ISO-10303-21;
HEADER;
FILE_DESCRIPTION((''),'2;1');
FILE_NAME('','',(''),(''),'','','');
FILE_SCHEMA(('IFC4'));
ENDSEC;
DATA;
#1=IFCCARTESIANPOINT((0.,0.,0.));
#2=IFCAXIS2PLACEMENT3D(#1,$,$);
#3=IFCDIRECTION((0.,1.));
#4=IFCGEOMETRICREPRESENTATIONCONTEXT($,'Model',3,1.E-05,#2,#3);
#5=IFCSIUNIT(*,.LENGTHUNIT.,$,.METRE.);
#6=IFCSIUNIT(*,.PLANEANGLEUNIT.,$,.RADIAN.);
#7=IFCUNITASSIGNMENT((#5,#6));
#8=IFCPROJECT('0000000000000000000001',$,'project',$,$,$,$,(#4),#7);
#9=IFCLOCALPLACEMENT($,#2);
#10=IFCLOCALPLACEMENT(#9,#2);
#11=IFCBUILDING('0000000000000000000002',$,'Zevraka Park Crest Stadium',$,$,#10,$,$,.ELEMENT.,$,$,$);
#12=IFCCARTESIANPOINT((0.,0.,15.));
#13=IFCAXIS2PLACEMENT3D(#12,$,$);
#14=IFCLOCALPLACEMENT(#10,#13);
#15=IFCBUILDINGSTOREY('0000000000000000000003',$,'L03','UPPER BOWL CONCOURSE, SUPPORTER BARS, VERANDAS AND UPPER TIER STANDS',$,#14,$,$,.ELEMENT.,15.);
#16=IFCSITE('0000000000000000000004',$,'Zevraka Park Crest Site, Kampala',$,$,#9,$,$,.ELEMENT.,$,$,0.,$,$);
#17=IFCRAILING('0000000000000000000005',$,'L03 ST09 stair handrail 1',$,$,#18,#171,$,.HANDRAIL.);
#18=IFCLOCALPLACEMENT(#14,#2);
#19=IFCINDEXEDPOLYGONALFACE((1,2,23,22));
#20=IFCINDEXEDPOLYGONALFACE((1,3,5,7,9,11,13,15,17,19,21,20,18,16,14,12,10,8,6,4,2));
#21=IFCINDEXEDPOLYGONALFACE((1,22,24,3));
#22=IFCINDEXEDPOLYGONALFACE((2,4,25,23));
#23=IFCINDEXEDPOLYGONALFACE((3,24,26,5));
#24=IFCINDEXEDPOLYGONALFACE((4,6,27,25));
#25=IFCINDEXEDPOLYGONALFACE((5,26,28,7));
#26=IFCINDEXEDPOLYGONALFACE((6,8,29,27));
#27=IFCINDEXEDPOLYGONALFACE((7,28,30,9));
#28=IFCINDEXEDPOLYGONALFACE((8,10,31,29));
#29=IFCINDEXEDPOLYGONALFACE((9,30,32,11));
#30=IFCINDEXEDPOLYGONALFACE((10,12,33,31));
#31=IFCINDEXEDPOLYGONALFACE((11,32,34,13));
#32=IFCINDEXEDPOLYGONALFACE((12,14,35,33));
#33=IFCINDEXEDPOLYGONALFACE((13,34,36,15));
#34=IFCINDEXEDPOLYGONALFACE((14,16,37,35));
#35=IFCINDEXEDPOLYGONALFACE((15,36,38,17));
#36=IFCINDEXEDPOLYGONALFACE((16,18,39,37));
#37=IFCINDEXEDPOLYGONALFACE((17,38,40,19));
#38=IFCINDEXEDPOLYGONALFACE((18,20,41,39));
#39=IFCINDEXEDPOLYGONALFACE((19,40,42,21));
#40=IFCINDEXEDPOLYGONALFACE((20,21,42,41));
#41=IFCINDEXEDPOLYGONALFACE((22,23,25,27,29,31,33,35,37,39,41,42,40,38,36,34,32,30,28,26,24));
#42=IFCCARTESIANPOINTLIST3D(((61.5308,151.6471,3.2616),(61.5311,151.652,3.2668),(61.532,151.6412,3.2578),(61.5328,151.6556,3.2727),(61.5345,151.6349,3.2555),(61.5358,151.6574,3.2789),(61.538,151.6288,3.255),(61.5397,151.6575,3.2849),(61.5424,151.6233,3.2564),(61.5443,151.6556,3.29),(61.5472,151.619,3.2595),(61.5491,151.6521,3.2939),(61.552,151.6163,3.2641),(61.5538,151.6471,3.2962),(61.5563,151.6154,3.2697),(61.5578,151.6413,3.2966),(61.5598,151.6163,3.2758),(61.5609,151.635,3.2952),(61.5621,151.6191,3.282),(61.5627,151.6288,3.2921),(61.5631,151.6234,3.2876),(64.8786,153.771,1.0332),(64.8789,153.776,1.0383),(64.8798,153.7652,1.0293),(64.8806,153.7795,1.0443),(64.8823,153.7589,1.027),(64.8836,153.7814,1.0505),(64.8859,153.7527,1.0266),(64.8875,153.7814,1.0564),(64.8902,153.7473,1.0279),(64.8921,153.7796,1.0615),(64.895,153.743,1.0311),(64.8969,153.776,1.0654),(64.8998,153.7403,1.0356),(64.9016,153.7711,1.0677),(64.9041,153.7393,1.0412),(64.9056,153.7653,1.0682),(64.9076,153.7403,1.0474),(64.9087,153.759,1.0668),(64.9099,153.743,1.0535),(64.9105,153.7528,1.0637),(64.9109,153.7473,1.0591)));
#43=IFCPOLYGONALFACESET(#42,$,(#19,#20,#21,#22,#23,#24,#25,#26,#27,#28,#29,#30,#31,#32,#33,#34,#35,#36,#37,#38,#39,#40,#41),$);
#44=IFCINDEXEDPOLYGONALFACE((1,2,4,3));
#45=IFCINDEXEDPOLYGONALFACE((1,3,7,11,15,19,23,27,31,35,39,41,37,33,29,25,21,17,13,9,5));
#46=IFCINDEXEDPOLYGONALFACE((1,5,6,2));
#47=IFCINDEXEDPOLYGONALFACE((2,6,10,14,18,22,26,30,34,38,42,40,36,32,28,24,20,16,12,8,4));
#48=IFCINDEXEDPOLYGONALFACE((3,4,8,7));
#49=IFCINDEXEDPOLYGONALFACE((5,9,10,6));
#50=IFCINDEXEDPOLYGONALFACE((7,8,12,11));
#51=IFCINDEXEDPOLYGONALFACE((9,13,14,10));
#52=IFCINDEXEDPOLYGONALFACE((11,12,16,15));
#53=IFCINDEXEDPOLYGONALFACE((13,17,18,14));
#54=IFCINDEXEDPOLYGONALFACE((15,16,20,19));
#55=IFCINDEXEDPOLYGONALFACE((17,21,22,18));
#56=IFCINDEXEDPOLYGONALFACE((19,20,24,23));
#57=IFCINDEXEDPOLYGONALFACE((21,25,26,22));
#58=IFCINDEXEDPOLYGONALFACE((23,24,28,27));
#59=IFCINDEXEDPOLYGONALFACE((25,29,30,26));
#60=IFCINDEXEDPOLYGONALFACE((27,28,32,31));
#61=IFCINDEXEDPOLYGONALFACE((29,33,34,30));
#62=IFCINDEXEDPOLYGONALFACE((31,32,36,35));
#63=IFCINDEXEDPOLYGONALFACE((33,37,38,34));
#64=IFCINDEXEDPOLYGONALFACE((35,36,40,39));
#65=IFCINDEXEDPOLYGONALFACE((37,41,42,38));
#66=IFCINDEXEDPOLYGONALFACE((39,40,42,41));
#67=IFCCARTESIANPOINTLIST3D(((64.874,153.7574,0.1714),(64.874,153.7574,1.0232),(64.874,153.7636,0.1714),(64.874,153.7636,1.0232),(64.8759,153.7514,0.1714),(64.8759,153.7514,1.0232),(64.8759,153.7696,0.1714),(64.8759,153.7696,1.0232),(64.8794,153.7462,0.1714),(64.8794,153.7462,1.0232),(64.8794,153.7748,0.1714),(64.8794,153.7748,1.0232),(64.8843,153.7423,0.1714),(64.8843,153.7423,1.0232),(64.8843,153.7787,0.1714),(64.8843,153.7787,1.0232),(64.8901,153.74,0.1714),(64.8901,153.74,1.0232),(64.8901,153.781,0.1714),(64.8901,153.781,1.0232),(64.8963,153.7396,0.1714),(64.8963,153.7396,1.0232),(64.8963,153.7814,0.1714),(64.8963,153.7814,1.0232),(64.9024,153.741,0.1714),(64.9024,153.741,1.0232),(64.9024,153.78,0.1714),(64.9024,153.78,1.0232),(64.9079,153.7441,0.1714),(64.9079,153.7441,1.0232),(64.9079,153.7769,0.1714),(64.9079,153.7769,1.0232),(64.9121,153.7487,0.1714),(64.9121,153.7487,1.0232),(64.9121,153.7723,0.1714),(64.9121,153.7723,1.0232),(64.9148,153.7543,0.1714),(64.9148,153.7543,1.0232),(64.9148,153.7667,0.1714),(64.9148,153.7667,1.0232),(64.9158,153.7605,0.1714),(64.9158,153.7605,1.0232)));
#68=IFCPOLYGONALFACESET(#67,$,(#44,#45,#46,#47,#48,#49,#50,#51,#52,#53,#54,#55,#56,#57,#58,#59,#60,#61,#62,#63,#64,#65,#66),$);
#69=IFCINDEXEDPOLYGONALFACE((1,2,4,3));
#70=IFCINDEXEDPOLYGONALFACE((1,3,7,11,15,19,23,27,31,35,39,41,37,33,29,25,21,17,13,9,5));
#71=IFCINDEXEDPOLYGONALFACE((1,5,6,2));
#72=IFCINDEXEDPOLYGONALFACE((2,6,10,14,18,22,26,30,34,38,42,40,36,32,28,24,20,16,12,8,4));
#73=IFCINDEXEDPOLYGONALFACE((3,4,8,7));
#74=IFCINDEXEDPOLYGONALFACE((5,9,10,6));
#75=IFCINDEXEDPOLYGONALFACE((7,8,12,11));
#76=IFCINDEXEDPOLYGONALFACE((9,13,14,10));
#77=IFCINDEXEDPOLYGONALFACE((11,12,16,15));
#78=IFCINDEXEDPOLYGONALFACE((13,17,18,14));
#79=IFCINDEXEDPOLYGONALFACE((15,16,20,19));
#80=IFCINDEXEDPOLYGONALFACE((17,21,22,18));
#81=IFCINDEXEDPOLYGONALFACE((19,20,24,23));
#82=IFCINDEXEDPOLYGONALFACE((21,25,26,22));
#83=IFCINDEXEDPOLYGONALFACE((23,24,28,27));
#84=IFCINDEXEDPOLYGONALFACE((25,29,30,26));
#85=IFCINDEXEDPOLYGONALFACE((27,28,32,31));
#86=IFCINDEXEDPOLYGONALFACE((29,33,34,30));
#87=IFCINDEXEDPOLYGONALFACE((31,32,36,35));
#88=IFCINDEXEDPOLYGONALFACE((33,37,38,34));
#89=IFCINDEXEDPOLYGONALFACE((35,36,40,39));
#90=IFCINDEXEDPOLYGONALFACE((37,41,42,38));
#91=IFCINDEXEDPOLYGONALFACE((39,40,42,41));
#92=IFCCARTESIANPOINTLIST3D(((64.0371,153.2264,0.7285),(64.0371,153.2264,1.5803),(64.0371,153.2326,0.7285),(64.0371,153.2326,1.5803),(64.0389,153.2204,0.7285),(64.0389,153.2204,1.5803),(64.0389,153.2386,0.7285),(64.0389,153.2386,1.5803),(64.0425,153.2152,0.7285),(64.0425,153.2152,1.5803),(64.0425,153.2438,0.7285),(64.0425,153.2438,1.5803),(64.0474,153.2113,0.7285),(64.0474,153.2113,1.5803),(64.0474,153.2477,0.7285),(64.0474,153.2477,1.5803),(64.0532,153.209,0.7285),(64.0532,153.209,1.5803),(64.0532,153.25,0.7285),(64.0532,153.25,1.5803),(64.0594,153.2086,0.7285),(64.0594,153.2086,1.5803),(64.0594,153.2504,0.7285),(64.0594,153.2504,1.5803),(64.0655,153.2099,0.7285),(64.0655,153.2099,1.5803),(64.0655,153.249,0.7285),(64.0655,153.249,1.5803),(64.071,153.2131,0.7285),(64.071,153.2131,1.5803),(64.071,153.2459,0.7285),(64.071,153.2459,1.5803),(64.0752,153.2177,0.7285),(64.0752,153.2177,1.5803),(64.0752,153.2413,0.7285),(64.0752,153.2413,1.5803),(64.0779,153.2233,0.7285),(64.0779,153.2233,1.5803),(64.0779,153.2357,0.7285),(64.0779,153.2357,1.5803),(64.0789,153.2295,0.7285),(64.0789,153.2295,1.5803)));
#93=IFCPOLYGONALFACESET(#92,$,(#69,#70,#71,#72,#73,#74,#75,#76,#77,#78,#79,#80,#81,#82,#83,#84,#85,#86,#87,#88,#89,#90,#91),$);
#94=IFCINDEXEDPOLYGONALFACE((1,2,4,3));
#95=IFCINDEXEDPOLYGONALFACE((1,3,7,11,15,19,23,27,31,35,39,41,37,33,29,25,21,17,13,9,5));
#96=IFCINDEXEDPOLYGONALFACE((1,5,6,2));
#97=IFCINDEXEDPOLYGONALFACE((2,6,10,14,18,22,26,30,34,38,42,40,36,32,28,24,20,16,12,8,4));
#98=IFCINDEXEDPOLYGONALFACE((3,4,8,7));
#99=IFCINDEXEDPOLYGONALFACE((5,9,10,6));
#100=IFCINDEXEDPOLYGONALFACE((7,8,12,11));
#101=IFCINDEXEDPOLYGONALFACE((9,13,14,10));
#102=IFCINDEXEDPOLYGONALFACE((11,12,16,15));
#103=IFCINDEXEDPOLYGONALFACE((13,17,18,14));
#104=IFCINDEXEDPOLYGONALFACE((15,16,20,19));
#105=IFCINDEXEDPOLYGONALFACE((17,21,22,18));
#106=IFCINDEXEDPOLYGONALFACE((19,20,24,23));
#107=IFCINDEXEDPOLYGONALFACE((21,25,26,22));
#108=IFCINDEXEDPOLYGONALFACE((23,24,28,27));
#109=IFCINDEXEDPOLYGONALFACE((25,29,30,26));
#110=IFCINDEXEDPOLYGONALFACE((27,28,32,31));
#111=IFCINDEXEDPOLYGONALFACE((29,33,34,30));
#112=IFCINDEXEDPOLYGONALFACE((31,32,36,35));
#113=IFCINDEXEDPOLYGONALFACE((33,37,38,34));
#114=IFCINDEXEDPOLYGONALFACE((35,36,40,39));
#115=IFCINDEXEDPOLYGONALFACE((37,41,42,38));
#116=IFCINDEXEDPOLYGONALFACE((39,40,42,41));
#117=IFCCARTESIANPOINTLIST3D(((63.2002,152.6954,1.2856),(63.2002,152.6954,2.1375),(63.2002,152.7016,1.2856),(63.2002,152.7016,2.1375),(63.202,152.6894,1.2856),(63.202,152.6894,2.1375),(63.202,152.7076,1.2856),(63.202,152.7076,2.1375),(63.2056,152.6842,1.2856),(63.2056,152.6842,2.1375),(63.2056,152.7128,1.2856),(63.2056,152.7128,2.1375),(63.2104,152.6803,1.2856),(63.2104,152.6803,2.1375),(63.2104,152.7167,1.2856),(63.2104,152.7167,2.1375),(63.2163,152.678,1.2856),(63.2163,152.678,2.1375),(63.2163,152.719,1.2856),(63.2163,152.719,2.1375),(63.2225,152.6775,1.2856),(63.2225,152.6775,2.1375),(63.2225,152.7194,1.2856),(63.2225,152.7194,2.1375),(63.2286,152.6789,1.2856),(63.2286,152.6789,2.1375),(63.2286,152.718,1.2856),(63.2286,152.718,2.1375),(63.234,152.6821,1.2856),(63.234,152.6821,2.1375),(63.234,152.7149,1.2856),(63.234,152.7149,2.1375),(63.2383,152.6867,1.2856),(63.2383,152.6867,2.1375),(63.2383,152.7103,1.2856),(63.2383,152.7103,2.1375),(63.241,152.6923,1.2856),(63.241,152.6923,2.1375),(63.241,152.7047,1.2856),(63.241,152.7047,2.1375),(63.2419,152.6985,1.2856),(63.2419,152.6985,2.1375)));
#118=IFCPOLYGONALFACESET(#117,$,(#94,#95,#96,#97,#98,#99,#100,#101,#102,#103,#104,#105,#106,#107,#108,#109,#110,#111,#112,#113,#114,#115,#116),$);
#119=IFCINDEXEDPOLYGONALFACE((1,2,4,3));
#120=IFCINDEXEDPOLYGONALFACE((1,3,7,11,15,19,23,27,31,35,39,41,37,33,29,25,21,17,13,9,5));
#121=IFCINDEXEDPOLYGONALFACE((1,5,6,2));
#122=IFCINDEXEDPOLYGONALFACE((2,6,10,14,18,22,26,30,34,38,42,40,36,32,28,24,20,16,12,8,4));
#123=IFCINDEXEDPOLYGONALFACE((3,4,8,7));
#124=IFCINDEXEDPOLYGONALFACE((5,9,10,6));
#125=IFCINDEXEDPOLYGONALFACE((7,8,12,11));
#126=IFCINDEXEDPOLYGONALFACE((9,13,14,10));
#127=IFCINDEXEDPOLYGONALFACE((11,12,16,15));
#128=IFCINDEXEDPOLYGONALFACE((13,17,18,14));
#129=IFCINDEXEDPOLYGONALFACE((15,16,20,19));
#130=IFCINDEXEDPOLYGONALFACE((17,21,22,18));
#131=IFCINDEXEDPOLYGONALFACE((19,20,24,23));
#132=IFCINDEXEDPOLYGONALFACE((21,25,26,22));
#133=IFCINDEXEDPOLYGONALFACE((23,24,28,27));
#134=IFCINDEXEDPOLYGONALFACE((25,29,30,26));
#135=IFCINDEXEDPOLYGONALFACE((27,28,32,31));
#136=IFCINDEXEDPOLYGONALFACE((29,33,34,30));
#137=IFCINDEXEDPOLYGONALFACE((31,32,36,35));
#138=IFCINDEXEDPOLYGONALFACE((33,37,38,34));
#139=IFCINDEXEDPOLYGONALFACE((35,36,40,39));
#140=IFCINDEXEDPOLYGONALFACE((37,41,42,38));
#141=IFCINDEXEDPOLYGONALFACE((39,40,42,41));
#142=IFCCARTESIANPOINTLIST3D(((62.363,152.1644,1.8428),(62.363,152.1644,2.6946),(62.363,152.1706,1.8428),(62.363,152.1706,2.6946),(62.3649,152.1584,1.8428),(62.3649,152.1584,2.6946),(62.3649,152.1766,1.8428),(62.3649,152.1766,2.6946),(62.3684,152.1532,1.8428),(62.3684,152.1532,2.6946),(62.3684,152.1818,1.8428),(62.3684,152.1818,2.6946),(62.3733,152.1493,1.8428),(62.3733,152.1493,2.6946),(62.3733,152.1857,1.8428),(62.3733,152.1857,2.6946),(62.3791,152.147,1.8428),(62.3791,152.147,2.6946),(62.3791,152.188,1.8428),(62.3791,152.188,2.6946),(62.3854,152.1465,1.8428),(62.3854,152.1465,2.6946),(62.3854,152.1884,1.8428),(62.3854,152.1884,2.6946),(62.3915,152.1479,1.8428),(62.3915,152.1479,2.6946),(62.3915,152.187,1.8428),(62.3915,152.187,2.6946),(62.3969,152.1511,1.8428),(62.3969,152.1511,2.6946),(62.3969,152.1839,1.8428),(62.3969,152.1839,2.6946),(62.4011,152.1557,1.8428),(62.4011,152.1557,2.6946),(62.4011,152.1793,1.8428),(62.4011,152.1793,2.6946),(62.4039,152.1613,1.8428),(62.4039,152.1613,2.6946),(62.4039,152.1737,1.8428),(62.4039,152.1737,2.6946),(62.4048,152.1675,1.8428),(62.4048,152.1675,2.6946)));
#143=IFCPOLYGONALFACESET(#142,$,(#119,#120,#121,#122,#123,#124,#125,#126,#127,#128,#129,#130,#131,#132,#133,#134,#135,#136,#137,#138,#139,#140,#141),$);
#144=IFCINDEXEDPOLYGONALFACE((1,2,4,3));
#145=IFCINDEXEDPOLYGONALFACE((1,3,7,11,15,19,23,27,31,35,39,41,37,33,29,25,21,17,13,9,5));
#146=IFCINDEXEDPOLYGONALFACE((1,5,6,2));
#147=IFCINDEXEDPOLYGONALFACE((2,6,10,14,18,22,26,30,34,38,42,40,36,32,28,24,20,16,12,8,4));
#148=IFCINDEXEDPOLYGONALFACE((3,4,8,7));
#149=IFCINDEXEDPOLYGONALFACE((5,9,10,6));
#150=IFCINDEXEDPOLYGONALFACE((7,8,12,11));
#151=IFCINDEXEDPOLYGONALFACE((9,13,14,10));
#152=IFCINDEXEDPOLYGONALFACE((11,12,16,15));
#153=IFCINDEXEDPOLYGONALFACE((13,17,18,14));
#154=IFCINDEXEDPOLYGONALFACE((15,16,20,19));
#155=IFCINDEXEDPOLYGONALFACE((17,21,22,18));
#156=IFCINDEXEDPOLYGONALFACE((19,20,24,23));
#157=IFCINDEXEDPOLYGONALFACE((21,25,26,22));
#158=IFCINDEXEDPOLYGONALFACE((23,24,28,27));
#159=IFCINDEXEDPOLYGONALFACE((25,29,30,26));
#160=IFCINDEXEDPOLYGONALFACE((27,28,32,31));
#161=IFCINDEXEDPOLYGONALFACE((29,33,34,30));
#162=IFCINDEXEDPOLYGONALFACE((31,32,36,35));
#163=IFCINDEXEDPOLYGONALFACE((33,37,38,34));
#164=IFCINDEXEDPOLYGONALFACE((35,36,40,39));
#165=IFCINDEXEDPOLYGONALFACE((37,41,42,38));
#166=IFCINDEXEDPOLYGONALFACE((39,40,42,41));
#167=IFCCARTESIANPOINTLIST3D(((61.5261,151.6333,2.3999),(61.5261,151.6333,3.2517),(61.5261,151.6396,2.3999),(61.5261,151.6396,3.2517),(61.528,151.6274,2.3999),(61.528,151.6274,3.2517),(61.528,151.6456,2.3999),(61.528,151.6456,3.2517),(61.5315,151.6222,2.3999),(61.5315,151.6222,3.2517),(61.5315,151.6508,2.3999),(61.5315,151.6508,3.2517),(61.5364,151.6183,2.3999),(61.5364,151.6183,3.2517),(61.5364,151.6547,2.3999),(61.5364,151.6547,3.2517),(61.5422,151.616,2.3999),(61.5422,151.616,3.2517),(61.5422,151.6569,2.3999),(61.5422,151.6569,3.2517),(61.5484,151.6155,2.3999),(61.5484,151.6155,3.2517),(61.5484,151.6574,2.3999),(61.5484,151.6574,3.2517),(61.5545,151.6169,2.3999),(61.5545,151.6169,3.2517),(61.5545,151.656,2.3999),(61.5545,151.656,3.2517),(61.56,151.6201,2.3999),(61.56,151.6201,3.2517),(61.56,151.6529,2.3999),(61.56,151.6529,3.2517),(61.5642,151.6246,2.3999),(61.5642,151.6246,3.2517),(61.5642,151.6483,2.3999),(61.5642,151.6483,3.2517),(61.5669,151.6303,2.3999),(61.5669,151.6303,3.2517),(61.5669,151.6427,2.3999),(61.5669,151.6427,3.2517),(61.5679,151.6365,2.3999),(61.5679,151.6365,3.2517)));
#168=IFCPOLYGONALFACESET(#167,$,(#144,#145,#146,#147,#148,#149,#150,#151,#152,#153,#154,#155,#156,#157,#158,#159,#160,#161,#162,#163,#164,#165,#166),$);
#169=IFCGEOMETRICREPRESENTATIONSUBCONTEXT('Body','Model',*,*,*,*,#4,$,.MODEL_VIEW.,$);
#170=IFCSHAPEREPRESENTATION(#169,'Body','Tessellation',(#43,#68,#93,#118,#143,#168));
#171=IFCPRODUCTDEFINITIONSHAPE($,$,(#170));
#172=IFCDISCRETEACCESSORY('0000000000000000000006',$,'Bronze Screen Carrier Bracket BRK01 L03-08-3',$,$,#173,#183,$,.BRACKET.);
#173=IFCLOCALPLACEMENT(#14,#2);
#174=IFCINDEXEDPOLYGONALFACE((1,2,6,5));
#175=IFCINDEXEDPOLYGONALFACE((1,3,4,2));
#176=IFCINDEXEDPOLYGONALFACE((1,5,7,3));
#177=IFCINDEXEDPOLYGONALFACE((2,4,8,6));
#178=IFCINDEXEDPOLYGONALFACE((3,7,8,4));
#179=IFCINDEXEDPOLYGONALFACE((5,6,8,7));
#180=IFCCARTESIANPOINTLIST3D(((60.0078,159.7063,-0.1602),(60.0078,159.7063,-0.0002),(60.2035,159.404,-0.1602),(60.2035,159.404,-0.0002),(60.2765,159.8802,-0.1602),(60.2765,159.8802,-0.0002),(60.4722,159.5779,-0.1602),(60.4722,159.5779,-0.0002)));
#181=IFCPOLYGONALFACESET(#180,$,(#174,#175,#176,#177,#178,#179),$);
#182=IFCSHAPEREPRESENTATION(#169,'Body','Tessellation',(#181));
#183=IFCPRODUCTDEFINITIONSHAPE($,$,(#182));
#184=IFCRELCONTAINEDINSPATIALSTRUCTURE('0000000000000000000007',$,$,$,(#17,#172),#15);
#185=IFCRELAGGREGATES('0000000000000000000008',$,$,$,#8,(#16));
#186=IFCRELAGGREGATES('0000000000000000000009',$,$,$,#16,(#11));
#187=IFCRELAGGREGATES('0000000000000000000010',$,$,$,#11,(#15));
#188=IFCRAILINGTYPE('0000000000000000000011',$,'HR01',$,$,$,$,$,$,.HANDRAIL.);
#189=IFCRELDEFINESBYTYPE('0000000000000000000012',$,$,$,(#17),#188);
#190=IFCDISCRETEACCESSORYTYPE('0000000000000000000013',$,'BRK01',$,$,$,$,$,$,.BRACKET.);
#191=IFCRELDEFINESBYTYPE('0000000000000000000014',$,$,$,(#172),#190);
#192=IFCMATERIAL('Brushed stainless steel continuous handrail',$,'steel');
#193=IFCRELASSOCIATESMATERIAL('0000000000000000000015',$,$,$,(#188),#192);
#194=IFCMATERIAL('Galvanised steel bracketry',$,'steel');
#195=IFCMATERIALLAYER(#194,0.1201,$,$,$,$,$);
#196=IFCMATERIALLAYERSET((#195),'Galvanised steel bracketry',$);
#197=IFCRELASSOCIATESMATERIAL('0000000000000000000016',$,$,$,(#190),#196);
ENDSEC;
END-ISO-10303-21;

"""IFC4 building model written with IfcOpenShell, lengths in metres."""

from ifc_helpers import new_model, si_unit, direction, frame, origin, origin_2d, place, context, subcontext, project, spatial, rectangle, circle, extrude, material, layer, layer_set, type_object, element, save


model = new_model("IFC4")

# Units and contexts
model_context = context("Model", 3, precision=1e-05, world=origin(), true_north=direction((0.0, 1.0)))
body_context = subcontext(model_context, "Body", "Model", "MODEL_VIEW")
ifc_project = project(units=[si_unit("LENGTHUNIT", "METRE"), si_unit("PLANEANGLEUNIT", "RADIAN")], contexts=[model_context])

# Site, building, storey
site_placement = place(None, origin())
site = spatial("IfcSite", under=ifc_project, at=site_placement, Name="Zevraka Park Crest Site, Kampala", CompositionType="ELEMENT", RefElevation=0.0)
building_placement = place(site_placement, origin())
building = spatial("IfcBuilding", under=site, at=building_placement, Name="Zevraka Park Crest Stadium", CompositionType="ELEMENT")
storey_placement = place(building_placement, frame((0.0, 0.0, 15.0)))
storey = spatial("IfcBuildingStorey", under=building, at=storey_placement, Name="L03", Description="UPPER BOWL CONCOURSE, SUPPORTER BARS, VERANDAS AND UPPER TIER STANDS", CompositionType="ELEMENT", Elevation=15.0)

# Railing
ifc_material_1 = material(Name="Brushed stainless steel continuous handrail", Category="steel")
railing_type = type_object("IfcRailingType", Name="HR01", PredefinedType="HANDRAIL", material=ifc_material_1)
railing_placement = place(storey_placement, frame((64.8948, 153.7605, 0.1714)))
element("IfcRailing", 1, at=railing_placement, inside=storey, type_object=railing_type, Name="L03 ST09 stair handrail 1", PredefinedType="HANDRAIL", context=body_context, shape_type="SweptSolid", body=[
    extrude(circle(Radius=0.0239, at=origin_2d()), frame((0.0, 0.0, 0.876), z_axis=(-0.736092, -0.467002, 0.489977), x_axis=(0.535716, -0.844399, 0.0)), (0.0, 0.0, 1.0), 4.5481),
    extrude(circle(Radius=0.021, at=origin_2d()), origin(), (0.0, 0.0, 1.0), 0.8518),
    extrude(circle(Radius=0.021, at=origin_2d()), frame((-0.8369, -0.531, 0.5571)), (0.0, 0.0, 1.0), 0.8518),
    extrude(circle(Radius=0.021, at=origin_2d()), frame((-1.6738, -1.062, 1.1143)), (0.0, 0.0, 1.0), 0.8518),
    extrude(circle(Radius=0.021, at=origin_2d()), frame((-2.511, -1.593, 1.6714)), (0.0, 0.0, 1.0), 0.8518),
    extrude(circle(Radius=0.021, at=origin_2d()), frame((-3.3479, -2.124, 2.2285)), (0.0, 0.0, 1.0), 0.8518),
])

# Discrete accessory
ifc_material_2 = material(Name="Galvanised steel bracketry", Category="steel")
ifc_layer_1 = layer(ifc_material_2, 0.1201)
ifc_layer_set_1 = layer_set([ifc_layer_1], Name="Galvanised steel bracketry")
discrete_accessory_type = type_object("IfcDiscreteAccessoryType", Name="BRK01", PredefinedType="BRACKET", material=ifc_layer_set_1)
discrete_accessory_placement = place(storey_placement, frame((60.24, 159.6421, -0.1602), z_axis=(0.0, 0.0, 1.0), x_axis=(-0.83943, -0.543467, 0.0)))
element("IfcDiscreteAccessory", 2, at=discrete_accessory_placement, inside=storey, type_object=discrete_accessory_type, Name="Bronze Screen Carrier Bracket BRK01 L03-08-3", PredefinedType="BRACKET", context=body_context, shape_type="SweptSolid", body=[
    extrude(rectangle(XDim=0.3201, YDim=0.3601, at=origin_2d()), origin(), (0.0, 0.0, 1.0), 0.1599),
])

save(model, "model.ifc")
